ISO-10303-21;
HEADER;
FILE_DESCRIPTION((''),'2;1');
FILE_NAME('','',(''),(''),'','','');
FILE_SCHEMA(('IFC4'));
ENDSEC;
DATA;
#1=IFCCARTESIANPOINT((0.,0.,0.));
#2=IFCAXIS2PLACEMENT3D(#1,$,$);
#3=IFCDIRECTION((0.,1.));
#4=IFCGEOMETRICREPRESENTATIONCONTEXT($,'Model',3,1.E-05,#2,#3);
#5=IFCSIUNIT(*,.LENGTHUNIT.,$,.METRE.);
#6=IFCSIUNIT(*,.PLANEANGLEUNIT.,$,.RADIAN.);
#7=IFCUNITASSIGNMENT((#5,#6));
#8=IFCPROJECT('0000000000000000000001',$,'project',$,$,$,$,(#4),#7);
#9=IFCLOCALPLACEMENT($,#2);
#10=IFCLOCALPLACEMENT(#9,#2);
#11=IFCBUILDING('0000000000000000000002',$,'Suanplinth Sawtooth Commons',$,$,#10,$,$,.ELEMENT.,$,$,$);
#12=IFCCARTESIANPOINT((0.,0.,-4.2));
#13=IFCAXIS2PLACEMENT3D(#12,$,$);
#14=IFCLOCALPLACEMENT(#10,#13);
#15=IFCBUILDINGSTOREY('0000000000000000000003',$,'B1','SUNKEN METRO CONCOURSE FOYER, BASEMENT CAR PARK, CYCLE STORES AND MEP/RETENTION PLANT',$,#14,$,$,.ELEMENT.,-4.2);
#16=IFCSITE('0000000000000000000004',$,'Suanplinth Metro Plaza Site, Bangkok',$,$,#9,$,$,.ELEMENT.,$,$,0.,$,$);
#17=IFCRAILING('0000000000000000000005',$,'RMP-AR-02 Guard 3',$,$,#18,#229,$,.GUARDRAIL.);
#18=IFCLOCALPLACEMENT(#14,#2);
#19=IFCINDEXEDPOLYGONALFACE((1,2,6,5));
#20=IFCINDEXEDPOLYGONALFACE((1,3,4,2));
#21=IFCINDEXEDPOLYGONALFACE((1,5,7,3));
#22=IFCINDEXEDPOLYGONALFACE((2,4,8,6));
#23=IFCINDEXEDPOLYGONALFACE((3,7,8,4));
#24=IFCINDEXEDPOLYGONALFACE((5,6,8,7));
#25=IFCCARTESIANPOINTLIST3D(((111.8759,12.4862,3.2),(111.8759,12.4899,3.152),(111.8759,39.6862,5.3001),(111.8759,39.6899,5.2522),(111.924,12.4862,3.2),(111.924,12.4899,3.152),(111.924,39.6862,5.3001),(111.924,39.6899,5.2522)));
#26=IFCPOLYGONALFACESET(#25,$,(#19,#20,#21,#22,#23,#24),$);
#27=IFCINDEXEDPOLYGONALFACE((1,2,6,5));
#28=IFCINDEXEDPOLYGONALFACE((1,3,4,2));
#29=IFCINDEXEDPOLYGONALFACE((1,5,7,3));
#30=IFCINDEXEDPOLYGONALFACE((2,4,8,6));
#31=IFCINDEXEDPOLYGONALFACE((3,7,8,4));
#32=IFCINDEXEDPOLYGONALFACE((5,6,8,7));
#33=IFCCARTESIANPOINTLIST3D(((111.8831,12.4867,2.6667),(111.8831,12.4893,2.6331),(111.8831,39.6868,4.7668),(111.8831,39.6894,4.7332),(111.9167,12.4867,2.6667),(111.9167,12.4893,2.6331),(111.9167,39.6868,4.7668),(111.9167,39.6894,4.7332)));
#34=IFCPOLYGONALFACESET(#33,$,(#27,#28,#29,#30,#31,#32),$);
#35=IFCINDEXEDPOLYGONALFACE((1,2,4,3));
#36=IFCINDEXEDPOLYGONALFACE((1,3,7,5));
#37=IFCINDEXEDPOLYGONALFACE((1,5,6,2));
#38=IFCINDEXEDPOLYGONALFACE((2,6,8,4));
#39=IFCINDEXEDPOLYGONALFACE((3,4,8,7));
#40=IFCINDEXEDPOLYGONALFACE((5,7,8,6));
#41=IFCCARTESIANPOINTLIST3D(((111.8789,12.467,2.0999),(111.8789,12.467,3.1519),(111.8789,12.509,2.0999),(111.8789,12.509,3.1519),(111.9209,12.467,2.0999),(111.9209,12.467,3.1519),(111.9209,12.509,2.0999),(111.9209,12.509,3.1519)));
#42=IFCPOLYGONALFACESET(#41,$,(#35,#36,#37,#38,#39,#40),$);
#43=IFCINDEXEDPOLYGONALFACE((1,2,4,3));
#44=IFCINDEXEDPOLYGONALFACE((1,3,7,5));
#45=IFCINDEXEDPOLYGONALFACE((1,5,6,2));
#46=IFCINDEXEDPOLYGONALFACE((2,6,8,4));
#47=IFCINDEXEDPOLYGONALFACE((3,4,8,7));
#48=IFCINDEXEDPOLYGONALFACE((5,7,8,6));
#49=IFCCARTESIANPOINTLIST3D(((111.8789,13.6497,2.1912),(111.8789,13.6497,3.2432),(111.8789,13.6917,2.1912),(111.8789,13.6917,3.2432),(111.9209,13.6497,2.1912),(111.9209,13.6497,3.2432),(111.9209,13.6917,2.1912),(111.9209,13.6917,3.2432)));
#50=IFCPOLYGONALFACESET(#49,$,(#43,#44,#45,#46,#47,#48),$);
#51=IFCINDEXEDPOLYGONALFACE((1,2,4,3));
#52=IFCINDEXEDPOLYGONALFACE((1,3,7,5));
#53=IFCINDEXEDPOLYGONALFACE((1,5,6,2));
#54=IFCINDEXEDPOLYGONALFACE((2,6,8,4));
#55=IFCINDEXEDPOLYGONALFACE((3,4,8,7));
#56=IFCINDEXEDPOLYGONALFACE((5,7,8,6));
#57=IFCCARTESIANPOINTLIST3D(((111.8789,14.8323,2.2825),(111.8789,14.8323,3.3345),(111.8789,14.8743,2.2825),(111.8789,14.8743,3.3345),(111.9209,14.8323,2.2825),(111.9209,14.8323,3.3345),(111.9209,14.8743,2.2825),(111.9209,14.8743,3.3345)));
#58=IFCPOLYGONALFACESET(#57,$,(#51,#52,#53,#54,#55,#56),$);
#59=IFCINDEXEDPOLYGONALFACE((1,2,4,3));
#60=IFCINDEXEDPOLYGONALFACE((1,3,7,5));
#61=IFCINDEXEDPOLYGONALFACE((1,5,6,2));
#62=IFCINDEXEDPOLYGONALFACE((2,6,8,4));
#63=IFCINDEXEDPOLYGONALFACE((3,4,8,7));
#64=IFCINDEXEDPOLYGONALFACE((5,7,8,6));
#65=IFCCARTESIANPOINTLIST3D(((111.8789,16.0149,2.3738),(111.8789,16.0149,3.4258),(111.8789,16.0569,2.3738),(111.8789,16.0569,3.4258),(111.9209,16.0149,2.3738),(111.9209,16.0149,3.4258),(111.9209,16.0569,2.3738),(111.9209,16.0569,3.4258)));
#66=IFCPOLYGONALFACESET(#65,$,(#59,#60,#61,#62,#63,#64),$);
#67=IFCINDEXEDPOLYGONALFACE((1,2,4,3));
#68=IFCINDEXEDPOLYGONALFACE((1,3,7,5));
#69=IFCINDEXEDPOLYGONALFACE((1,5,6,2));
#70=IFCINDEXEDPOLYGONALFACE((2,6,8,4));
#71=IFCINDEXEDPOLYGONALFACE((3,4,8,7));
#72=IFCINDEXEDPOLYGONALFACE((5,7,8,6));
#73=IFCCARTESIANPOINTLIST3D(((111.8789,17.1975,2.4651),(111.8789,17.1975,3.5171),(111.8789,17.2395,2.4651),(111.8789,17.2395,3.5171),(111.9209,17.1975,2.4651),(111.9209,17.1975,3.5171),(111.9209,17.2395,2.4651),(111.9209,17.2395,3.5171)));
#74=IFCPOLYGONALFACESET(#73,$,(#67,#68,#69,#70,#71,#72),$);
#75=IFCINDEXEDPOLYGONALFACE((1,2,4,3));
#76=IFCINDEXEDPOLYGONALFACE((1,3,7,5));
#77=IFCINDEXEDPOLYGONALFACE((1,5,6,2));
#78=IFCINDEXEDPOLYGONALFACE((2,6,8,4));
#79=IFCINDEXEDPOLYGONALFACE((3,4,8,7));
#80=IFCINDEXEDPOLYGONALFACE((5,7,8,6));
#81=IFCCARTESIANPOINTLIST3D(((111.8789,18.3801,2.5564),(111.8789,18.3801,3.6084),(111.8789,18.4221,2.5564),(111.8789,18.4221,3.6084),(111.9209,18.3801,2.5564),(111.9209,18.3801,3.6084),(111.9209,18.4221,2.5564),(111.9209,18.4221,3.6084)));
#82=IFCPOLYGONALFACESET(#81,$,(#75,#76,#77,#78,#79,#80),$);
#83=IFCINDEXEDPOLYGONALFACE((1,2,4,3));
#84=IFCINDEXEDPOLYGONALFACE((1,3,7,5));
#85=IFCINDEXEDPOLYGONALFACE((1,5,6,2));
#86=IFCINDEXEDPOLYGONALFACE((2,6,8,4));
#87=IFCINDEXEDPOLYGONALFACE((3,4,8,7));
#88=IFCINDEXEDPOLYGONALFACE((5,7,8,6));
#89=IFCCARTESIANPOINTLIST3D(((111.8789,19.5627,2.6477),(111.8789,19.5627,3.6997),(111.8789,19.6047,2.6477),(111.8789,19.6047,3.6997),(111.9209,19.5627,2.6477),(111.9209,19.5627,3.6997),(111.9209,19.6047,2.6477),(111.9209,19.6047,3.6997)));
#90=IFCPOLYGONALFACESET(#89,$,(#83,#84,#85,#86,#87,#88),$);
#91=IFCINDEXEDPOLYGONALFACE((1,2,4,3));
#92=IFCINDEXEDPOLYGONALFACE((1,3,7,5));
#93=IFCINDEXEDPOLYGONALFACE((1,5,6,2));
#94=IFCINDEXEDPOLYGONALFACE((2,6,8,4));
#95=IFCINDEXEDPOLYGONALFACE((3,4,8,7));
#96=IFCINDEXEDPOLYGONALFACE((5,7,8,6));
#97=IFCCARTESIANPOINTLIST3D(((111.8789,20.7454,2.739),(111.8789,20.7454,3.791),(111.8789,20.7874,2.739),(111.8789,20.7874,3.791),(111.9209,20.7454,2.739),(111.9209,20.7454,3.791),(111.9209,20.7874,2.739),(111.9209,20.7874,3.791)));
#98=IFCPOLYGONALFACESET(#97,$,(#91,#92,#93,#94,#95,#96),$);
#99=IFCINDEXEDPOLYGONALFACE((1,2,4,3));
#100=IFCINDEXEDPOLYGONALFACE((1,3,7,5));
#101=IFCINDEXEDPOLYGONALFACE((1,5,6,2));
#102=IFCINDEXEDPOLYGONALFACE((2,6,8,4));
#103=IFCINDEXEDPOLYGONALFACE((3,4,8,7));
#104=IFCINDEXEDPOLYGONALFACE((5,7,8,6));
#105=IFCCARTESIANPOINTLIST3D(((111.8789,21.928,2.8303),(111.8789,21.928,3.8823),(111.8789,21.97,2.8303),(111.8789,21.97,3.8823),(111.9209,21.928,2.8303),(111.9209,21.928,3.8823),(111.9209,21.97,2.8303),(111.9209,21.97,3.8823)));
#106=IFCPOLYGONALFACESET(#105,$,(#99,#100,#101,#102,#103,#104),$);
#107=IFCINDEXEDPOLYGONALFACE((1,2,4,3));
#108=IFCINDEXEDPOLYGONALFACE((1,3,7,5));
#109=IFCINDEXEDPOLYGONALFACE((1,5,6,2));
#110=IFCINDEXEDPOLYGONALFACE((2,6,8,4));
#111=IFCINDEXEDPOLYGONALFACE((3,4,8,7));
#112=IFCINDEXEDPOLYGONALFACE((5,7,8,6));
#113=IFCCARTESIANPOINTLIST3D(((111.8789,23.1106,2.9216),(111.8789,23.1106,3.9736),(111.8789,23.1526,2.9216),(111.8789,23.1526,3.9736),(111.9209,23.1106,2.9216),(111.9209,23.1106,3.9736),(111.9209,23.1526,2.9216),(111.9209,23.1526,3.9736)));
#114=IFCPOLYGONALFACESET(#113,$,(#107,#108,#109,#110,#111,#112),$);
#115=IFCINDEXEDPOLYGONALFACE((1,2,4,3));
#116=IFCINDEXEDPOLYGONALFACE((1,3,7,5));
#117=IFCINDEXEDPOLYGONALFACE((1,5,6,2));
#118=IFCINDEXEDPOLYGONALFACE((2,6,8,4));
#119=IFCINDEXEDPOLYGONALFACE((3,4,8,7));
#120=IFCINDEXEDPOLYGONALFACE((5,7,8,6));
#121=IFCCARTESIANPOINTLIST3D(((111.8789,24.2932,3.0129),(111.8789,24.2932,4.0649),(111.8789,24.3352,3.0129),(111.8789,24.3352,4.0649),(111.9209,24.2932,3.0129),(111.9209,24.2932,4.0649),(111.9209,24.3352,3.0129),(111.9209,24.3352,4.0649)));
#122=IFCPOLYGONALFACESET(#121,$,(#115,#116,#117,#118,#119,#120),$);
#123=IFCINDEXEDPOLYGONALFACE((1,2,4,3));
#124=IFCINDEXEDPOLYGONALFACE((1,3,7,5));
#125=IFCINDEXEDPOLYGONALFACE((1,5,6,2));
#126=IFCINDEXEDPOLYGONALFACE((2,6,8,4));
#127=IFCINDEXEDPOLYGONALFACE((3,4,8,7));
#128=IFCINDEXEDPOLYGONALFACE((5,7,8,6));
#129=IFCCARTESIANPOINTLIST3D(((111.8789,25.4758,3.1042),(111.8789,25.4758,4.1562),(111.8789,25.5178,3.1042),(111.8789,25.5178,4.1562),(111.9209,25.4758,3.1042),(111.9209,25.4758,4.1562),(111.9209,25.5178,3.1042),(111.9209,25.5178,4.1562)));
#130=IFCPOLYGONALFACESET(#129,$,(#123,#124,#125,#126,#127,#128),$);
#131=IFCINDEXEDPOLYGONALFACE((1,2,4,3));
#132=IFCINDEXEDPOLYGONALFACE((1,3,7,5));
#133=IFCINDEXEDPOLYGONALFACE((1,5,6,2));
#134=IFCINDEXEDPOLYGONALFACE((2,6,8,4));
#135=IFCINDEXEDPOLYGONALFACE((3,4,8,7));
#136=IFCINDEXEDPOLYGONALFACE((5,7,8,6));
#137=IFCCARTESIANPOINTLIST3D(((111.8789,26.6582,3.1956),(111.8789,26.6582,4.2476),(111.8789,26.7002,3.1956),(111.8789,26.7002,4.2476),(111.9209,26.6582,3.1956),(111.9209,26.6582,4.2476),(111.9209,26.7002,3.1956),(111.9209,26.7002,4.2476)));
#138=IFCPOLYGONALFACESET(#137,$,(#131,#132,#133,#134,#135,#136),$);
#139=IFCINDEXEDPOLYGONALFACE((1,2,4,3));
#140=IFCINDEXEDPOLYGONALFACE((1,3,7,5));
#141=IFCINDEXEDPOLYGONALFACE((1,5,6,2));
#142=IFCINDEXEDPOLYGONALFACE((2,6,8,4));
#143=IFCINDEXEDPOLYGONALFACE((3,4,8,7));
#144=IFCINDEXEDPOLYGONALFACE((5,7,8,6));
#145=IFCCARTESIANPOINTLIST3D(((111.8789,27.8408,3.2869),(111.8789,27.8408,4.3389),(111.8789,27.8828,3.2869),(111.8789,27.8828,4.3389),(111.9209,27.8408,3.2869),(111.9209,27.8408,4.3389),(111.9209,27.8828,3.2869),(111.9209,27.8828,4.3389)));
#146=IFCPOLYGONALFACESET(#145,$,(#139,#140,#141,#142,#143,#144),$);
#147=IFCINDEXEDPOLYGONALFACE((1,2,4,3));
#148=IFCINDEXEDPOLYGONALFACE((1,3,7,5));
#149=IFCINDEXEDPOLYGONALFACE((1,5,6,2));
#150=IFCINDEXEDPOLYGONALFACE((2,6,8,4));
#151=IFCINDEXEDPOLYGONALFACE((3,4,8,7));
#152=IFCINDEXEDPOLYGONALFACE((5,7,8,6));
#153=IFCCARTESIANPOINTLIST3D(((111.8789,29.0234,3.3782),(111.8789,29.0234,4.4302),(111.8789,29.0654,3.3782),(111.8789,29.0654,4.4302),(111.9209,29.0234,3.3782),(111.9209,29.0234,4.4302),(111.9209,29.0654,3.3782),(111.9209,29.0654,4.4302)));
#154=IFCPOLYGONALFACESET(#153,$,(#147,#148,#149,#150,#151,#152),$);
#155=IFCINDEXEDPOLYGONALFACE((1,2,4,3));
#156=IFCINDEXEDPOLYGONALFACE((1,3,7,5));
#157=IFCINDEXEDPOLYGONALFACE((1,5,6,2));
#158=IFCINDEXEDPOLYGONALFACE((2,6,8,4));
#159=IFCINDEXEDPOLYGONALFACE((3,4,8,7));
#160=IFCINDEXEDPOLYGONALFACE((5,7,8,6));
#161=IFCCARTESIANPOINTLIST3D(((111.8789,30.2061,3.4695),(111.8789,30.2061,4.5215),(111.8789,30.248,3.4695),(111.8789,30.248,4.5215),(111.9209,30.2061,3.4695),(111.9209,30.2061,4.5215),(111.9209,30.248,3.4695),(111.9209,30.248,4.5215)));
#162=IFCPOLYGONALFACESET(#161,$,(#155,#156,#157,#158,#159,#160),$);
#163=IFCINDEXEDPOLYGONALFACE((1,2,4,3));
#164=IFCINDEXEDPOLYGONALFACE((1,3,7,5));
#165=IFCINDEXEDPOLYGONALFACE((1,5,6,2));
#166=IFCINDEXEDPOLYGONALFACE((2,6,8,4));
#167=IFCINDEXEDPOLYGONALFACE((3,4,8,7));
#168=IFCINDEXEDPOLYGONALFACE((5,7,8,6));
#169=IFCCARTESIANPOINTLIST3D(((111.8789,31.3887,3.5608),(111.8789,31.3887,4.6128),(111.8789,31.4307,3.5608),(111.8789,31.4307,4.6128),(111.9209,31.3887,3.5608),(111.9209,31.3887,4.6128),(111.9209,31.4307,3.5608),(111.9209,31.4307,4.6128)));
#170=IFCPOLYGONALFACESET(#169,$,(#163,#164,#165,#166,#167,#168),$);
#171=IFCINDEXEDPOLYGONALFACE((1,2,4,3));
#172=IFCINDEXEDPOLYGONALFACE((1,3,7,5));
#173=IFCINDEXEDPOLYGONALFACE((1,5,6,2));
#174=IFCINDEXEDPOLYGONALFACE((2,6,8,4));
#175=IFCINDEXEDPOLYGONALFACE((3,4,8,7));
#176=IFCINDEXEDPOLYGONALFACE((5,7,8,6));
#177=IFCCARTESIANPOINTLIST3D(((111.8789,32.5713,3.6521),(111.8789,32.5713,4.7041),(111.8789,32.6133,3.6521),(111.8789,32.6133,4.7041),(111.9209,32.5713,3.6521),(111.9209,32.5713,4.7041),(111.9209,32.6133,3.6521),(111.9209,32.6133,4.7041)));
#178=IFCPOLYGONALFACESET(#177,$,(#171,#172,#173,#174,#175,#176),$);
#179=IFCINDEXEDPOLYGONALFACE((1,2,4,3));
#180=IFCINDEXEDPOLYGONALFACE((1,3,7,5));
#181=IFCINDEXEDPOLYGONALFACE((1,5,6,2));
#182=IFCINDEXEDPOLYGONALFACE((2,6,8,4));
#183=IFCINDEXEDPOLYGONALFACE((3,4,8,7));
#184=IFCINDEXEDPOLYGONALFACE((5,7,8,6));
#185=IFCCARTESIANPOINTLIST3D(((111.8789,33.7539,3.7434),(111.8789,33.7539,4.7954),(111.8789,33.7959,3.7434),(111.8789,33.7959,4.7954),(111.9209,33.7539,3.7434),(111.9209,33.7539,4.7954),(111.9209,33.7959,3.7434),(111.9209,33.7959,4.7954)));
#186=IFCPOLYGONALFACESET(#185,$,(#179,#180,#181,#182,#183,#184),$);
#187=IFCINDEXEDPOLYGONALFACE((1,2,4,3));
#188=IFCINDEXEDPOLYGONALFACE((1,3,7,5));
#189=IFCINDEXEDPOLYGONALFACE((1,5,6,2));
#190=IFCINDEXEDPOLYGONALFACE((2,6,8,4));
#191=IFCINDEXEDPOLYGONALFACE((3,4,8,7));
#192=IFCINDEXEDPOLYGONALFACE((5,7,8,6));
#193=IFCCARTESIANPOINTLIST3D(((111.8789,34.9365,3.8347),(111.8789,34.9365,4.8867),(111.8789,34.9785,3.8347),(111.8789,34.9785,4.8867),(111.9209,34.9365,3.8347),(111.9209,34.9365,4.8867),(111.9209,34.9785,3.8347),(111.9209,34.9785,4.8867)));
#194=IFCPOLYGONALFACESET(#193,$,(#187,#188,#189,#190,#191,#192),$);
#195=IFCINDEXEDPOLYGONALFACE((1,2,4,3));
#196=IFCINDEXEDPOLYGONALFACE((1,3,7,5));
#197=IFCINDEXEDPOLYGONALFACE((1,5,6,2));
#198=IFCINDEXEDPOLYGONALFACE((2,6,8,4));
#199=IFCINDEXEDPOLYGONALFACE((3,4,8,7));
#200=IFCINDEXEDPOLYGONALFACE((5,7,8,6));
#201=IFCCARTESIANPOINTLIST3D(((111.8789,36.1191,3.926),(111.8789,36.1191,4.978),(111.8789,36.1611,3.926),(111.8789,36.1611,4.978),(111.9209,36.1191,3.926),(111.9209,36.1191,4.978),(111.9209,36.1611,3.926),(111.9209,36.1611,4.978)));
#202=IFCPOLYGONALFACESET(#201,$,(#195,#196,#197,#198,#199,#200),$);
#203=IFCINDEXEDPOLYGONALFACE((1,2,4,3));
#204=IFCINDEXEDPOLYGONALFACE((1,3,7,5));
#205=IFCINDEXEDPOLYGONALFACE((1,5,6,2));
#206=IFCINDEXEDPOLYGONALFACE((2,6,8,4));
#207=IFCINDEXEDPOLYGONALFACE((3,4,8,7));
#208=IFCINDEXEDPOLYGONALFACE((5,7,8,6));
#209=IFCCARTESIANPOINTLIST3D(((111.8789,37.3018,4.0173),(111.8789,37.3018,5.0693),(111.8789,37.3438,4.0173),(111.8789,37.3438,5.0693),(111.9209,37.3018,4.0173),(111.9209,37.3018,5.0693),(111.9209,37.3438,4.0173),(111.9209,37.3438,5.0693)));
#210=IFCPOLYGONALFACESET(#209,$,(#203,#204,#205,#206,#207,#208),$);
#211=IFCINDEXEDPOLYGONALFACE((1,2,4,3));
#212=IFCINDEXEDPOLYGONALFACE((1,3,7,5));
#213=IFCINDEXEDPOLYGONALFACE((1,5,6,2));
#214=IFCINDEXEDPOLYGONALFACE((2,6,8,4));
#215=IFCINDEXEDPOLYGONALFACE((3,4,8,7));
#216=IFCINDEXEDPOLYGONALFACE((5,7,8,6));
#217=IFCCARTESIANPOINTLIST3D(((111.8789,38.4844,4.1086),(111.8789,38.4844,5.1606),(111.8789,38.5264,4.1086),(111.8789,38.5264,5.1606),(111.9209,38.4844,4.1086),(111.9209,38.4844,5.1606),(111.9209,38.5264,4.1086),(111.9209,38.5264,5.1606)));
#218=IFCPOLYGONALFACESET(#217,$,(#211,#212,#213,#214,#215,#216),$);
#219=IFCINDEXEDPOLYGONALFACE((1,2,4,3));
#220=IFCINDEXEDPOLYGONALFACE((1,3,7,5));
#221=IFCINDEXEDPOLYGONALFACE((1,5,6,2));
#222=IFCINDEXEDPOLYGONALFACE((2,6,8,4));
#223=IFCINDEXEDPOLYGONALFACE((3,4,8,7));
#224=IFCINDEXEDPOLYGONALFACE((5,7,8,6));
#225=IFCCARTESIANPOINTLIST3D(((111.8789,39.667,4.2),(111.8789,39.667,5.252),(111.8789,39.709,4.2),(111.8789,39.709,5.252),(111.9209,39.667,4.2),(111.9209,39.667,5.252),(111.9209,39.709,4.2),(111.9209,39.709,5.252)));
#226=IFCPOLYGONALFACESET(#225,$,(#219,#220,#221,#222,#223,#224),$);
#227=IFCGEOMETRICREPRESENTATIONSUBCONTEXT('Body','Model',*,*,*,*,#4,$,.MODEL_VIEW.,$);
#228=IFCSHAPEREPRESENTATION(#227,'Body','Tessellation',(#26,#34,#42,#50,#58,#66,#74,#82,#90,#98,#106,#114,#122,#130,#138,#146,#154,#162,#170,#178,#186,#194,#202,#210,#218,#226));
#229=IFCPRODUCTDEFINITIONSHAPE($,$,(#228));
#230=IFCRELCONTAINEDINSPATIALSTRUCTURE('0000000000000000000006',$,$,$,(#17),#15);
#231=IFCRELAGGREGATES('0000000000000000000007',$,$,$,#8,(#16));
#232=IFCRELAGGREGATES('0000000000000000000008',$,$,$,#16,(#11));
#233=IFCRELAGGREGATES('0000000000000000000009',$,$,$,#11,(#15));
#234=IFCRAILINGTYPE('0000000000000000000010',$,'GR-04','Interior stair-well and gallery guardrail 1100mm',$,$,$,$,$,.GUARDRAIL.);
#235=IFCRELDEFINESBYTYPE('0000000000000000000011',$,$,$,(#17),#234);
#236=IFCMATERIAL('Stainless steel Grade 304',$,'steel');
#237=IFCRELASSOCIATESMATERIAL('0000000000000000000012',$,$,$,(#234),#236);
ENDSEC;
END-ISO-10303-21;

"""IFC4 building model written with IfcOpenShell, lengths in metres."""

from ifc_helpers import new_model, si_unit, direction, frame, origin, origin_2d, place, context, subcontext, project, spatial, rectangle, extrude, material, type_object, element, save


model = new_model("IFC4")

# Units and contexts
model_context = context("Model", 3, precision=1e-05, world=origin(), true_north=direction((0.0, 1.0)))
body_context = subcontext(model_context, "Body", "Model", "MODEL_VIEW")
ifc_project = project(units=[si_unit("LENGTHUNIT", "METRE"), si_unit("PLANEANGLEUNIT", "RADIAN")], contexts=[model_context])

# Site, building, storey
site_placement = place(None, origin())
site = spatial("IfcSite", under=ifc_project, at=site_placement, Name="Suanplinth Metro Plaza Site, Bangkok", CompositionType="ELEMENT", RefElevation=0.0)
building_placement = place(site_placement, origin())
building = spatial("IfcBuilding", under=site, at=building_placement, Name="Suanplinth Sawtooth Commons", CompositionType="ELEMENT")
storey_placement = place(building_placement, frame((0.0, 0.0, -4.2)))
storey = spatial("IfcBuildingStorey", under=building, at=storey_placement, Name="B1", Description="SUNKEN METRO CONCOURSE FOYER, BASEMENT CAR PARK, CYCLE STORES AND MEP/RETENTION PLANT", CompositionType="ELEMENT", Elevation=-4.2)

# Railing
ifc_material_1 = material(Name="Stainless steel Grade 304", Category="steel")
railing_type_1 = type_object("IfcRailingType", Name="GR-04", Description="Interior stair-well and gallery guardrail 1100mm", PredefinedType="GUARDRAIL", material=ifc_material_1)
railing_1_placement = place(storey_placement, frame((111.8999, 12.488, 2.0999)))
element("IfcRailing", 1, at=railing_1_placement, inside=storey, type_object=railing_type_1, Name="RMP-AR-02 Guard 3", PredefinedType="GUARDRAIL", context=body_context, shape_type="SweptSolid", body=[
    extrude(rectangle(XDim=0.0481, YDim=0.0481, at=origin_2d()), frame((0.0, 0.0, 1.0762), z_axis=(0.0, 0.997033, 0.07698), x_axis=(-1.0, 0.0, 0.0)), (0.0, 0.0, 1.0), 27.281),
    extrude(rectangle(XDim=0.0337, YDim=0.0337, at=origin_2d()), frame((0.0, 0.0, 0.55), z_axis=(0.0, 0.997033, 0.07698), x_axis=(-1.0, 0.0, 0.0)), (0.0, 0.0, 1.0), 27.281),
    extrude(rectangle(XDim=0.042, YDim=0.042, at=origin_2d()), origin(), (0.0, 0.0, 1.0), 1.052),
    extrude(rectangle(XDim=0.042, YDim=0.042, at=origin_2d()), frame((0.0, 1.1826, 0.0913)), (0.0, 0.0, 1.0), 1.052),
    extrude(rectangle(XDim=0.042, YDim=0.042, at=origin_2d()), frame((0.0, 2.3652, 0.1826)), (0.0, 0.0, 1.0), 1.052),
    extrude(rectangle(XDim=0.042, YDim=0.042, at=origin_2d()), frame((0.0, 3.5479, 0.2739)), (0.0, 0.0, 1.0), 1.052),
    extrude(rectangle(XDim=0.042, YDim=0.042, at=origin_2d()), frame((0.0, 4.7305, 0.3652)), (0.0, 0.0, 1.0), 1.052),
    extrude(rectangle(XDim=0.042, YDim=0.042, at=origin_2d()), frame((0.0, 5.9131, 0.4565)), (0.0, 0.0, 1.0), 1.052),
    extrude(rectangle(XDim=0.042, YDim=0.042, at=origin_2d()), frame((0.0, 7.0957, 0.5479)), (0.0, 0.0, 1.0), 1.052),
    extrude(rectangle(XDim=0.042, YDim=0.042, at=origin_2d()), frame((0.0, 8.2783, 0.6392)), (0.0, 0.0, 1.0), 1.052),
    extrude(rectangle(XDim=0.042, YDim=0.042, at=origin_2d()), frame((0.0, 9.4609, 0.7305)), (0.0, 0.0, 1.0), 1.052),
    extrude(rectangle(XDim=0.042, YDim=0.042, at=origin_2d()), frame((0.0, 10.6436, 0.8218)), (0.0, 0.0, 1.0), 1.052),
    extrude(rectangle(XDim=0.042, YDim=0.042, at=origin_2d()), frame((0.0, 11.8262, 0.9131)), (0.0, 0.0, 1.0), 1.052),
    extrude(rectangle(XDim=0.042, YDim=0.042, at=origin_2d()), frame((0.0, 13.0088, 1.0044)), (0.0, 0.0, 1.0), 1.052),
    extrude(rectangle(XDim=0.042, YDim=0.042, at=origin_2d()), frame((0.0, 14.1912, 1.0957)), (0.0, 0.0, 1.0), 1.052),
    extrude(rectangle(XDim=0.042, YDim=0.042, at=origin_2d()), frame((0.0, 15.3738, 1.187)), (0.0, 0.0, 1.0), 1.052),
    extrude(rectangle(XDim=0.042, YDim=0.042, at=origin_2d()), frame((0.0, 16.5564, 1.2783)), (0.0, 0.0, 1.0), 1.052),
    extrude(rectangle(XDim=0.042, YDim=0.042, at=origin_2d()), frame((0.0, 17.739, 1.3696)), (0.0, 0.0, 1.0), 1.052),
    extrude(rectangle(XDim=0.042, YDim=0.042, at=origin_2d()), frame((0.0, 18.9216, 1.4609)), (0.0, 0.0, 1.0), 1.052),
    extrude(rectangle(XDim=0.042, YDim=0.042, at=origin_2d()), frame((0.0, 20.1042, 1.5522)), (0.0, 0.0, 1.0), 1.052),
    extrude(rectangle(XDim=0.042, YDim=0.042, at=origin_2d()), frame((0.0, 21.2869, 1.6436)), (0.0, 0.0, 1.0), 1.052),
    extrude(rectangle(XDim=0.042, YDim=0.042, at=origin_2d()), frame((0.0, 22.4695, 1.7349)), (0.0, 0.0, 1.0), 1.052),
    extrude(rectangle(XDim=0.042, YDim=0.042, at=origin_2d()), frame((0.0, 23.6521, 1.8262)), (0.0, 0.0, 1.0), 1.052),
    extrude(rectangle(XDim=0.042, YDim=0.042, at=origin_2d()), frame((0.0, 24.8347, 1.9175)), (0.0, 0.0, 1.0), 1.052),
    extrude(rectangle(XDim=0.042, YDim=0.042, at=origin_2d()), frame((0.0, 26.0173, 2.0088)), (0.0, 0.0, 1.0), 1.052),
    extrude(rectangle(XDim=0.042, YDim=0.042, at=origin_2d()), frame((0.0, 27.2, 2.1001)), (0.0, 0.0, 1.0), 1.052),
])

save(model, "model.ifc")
